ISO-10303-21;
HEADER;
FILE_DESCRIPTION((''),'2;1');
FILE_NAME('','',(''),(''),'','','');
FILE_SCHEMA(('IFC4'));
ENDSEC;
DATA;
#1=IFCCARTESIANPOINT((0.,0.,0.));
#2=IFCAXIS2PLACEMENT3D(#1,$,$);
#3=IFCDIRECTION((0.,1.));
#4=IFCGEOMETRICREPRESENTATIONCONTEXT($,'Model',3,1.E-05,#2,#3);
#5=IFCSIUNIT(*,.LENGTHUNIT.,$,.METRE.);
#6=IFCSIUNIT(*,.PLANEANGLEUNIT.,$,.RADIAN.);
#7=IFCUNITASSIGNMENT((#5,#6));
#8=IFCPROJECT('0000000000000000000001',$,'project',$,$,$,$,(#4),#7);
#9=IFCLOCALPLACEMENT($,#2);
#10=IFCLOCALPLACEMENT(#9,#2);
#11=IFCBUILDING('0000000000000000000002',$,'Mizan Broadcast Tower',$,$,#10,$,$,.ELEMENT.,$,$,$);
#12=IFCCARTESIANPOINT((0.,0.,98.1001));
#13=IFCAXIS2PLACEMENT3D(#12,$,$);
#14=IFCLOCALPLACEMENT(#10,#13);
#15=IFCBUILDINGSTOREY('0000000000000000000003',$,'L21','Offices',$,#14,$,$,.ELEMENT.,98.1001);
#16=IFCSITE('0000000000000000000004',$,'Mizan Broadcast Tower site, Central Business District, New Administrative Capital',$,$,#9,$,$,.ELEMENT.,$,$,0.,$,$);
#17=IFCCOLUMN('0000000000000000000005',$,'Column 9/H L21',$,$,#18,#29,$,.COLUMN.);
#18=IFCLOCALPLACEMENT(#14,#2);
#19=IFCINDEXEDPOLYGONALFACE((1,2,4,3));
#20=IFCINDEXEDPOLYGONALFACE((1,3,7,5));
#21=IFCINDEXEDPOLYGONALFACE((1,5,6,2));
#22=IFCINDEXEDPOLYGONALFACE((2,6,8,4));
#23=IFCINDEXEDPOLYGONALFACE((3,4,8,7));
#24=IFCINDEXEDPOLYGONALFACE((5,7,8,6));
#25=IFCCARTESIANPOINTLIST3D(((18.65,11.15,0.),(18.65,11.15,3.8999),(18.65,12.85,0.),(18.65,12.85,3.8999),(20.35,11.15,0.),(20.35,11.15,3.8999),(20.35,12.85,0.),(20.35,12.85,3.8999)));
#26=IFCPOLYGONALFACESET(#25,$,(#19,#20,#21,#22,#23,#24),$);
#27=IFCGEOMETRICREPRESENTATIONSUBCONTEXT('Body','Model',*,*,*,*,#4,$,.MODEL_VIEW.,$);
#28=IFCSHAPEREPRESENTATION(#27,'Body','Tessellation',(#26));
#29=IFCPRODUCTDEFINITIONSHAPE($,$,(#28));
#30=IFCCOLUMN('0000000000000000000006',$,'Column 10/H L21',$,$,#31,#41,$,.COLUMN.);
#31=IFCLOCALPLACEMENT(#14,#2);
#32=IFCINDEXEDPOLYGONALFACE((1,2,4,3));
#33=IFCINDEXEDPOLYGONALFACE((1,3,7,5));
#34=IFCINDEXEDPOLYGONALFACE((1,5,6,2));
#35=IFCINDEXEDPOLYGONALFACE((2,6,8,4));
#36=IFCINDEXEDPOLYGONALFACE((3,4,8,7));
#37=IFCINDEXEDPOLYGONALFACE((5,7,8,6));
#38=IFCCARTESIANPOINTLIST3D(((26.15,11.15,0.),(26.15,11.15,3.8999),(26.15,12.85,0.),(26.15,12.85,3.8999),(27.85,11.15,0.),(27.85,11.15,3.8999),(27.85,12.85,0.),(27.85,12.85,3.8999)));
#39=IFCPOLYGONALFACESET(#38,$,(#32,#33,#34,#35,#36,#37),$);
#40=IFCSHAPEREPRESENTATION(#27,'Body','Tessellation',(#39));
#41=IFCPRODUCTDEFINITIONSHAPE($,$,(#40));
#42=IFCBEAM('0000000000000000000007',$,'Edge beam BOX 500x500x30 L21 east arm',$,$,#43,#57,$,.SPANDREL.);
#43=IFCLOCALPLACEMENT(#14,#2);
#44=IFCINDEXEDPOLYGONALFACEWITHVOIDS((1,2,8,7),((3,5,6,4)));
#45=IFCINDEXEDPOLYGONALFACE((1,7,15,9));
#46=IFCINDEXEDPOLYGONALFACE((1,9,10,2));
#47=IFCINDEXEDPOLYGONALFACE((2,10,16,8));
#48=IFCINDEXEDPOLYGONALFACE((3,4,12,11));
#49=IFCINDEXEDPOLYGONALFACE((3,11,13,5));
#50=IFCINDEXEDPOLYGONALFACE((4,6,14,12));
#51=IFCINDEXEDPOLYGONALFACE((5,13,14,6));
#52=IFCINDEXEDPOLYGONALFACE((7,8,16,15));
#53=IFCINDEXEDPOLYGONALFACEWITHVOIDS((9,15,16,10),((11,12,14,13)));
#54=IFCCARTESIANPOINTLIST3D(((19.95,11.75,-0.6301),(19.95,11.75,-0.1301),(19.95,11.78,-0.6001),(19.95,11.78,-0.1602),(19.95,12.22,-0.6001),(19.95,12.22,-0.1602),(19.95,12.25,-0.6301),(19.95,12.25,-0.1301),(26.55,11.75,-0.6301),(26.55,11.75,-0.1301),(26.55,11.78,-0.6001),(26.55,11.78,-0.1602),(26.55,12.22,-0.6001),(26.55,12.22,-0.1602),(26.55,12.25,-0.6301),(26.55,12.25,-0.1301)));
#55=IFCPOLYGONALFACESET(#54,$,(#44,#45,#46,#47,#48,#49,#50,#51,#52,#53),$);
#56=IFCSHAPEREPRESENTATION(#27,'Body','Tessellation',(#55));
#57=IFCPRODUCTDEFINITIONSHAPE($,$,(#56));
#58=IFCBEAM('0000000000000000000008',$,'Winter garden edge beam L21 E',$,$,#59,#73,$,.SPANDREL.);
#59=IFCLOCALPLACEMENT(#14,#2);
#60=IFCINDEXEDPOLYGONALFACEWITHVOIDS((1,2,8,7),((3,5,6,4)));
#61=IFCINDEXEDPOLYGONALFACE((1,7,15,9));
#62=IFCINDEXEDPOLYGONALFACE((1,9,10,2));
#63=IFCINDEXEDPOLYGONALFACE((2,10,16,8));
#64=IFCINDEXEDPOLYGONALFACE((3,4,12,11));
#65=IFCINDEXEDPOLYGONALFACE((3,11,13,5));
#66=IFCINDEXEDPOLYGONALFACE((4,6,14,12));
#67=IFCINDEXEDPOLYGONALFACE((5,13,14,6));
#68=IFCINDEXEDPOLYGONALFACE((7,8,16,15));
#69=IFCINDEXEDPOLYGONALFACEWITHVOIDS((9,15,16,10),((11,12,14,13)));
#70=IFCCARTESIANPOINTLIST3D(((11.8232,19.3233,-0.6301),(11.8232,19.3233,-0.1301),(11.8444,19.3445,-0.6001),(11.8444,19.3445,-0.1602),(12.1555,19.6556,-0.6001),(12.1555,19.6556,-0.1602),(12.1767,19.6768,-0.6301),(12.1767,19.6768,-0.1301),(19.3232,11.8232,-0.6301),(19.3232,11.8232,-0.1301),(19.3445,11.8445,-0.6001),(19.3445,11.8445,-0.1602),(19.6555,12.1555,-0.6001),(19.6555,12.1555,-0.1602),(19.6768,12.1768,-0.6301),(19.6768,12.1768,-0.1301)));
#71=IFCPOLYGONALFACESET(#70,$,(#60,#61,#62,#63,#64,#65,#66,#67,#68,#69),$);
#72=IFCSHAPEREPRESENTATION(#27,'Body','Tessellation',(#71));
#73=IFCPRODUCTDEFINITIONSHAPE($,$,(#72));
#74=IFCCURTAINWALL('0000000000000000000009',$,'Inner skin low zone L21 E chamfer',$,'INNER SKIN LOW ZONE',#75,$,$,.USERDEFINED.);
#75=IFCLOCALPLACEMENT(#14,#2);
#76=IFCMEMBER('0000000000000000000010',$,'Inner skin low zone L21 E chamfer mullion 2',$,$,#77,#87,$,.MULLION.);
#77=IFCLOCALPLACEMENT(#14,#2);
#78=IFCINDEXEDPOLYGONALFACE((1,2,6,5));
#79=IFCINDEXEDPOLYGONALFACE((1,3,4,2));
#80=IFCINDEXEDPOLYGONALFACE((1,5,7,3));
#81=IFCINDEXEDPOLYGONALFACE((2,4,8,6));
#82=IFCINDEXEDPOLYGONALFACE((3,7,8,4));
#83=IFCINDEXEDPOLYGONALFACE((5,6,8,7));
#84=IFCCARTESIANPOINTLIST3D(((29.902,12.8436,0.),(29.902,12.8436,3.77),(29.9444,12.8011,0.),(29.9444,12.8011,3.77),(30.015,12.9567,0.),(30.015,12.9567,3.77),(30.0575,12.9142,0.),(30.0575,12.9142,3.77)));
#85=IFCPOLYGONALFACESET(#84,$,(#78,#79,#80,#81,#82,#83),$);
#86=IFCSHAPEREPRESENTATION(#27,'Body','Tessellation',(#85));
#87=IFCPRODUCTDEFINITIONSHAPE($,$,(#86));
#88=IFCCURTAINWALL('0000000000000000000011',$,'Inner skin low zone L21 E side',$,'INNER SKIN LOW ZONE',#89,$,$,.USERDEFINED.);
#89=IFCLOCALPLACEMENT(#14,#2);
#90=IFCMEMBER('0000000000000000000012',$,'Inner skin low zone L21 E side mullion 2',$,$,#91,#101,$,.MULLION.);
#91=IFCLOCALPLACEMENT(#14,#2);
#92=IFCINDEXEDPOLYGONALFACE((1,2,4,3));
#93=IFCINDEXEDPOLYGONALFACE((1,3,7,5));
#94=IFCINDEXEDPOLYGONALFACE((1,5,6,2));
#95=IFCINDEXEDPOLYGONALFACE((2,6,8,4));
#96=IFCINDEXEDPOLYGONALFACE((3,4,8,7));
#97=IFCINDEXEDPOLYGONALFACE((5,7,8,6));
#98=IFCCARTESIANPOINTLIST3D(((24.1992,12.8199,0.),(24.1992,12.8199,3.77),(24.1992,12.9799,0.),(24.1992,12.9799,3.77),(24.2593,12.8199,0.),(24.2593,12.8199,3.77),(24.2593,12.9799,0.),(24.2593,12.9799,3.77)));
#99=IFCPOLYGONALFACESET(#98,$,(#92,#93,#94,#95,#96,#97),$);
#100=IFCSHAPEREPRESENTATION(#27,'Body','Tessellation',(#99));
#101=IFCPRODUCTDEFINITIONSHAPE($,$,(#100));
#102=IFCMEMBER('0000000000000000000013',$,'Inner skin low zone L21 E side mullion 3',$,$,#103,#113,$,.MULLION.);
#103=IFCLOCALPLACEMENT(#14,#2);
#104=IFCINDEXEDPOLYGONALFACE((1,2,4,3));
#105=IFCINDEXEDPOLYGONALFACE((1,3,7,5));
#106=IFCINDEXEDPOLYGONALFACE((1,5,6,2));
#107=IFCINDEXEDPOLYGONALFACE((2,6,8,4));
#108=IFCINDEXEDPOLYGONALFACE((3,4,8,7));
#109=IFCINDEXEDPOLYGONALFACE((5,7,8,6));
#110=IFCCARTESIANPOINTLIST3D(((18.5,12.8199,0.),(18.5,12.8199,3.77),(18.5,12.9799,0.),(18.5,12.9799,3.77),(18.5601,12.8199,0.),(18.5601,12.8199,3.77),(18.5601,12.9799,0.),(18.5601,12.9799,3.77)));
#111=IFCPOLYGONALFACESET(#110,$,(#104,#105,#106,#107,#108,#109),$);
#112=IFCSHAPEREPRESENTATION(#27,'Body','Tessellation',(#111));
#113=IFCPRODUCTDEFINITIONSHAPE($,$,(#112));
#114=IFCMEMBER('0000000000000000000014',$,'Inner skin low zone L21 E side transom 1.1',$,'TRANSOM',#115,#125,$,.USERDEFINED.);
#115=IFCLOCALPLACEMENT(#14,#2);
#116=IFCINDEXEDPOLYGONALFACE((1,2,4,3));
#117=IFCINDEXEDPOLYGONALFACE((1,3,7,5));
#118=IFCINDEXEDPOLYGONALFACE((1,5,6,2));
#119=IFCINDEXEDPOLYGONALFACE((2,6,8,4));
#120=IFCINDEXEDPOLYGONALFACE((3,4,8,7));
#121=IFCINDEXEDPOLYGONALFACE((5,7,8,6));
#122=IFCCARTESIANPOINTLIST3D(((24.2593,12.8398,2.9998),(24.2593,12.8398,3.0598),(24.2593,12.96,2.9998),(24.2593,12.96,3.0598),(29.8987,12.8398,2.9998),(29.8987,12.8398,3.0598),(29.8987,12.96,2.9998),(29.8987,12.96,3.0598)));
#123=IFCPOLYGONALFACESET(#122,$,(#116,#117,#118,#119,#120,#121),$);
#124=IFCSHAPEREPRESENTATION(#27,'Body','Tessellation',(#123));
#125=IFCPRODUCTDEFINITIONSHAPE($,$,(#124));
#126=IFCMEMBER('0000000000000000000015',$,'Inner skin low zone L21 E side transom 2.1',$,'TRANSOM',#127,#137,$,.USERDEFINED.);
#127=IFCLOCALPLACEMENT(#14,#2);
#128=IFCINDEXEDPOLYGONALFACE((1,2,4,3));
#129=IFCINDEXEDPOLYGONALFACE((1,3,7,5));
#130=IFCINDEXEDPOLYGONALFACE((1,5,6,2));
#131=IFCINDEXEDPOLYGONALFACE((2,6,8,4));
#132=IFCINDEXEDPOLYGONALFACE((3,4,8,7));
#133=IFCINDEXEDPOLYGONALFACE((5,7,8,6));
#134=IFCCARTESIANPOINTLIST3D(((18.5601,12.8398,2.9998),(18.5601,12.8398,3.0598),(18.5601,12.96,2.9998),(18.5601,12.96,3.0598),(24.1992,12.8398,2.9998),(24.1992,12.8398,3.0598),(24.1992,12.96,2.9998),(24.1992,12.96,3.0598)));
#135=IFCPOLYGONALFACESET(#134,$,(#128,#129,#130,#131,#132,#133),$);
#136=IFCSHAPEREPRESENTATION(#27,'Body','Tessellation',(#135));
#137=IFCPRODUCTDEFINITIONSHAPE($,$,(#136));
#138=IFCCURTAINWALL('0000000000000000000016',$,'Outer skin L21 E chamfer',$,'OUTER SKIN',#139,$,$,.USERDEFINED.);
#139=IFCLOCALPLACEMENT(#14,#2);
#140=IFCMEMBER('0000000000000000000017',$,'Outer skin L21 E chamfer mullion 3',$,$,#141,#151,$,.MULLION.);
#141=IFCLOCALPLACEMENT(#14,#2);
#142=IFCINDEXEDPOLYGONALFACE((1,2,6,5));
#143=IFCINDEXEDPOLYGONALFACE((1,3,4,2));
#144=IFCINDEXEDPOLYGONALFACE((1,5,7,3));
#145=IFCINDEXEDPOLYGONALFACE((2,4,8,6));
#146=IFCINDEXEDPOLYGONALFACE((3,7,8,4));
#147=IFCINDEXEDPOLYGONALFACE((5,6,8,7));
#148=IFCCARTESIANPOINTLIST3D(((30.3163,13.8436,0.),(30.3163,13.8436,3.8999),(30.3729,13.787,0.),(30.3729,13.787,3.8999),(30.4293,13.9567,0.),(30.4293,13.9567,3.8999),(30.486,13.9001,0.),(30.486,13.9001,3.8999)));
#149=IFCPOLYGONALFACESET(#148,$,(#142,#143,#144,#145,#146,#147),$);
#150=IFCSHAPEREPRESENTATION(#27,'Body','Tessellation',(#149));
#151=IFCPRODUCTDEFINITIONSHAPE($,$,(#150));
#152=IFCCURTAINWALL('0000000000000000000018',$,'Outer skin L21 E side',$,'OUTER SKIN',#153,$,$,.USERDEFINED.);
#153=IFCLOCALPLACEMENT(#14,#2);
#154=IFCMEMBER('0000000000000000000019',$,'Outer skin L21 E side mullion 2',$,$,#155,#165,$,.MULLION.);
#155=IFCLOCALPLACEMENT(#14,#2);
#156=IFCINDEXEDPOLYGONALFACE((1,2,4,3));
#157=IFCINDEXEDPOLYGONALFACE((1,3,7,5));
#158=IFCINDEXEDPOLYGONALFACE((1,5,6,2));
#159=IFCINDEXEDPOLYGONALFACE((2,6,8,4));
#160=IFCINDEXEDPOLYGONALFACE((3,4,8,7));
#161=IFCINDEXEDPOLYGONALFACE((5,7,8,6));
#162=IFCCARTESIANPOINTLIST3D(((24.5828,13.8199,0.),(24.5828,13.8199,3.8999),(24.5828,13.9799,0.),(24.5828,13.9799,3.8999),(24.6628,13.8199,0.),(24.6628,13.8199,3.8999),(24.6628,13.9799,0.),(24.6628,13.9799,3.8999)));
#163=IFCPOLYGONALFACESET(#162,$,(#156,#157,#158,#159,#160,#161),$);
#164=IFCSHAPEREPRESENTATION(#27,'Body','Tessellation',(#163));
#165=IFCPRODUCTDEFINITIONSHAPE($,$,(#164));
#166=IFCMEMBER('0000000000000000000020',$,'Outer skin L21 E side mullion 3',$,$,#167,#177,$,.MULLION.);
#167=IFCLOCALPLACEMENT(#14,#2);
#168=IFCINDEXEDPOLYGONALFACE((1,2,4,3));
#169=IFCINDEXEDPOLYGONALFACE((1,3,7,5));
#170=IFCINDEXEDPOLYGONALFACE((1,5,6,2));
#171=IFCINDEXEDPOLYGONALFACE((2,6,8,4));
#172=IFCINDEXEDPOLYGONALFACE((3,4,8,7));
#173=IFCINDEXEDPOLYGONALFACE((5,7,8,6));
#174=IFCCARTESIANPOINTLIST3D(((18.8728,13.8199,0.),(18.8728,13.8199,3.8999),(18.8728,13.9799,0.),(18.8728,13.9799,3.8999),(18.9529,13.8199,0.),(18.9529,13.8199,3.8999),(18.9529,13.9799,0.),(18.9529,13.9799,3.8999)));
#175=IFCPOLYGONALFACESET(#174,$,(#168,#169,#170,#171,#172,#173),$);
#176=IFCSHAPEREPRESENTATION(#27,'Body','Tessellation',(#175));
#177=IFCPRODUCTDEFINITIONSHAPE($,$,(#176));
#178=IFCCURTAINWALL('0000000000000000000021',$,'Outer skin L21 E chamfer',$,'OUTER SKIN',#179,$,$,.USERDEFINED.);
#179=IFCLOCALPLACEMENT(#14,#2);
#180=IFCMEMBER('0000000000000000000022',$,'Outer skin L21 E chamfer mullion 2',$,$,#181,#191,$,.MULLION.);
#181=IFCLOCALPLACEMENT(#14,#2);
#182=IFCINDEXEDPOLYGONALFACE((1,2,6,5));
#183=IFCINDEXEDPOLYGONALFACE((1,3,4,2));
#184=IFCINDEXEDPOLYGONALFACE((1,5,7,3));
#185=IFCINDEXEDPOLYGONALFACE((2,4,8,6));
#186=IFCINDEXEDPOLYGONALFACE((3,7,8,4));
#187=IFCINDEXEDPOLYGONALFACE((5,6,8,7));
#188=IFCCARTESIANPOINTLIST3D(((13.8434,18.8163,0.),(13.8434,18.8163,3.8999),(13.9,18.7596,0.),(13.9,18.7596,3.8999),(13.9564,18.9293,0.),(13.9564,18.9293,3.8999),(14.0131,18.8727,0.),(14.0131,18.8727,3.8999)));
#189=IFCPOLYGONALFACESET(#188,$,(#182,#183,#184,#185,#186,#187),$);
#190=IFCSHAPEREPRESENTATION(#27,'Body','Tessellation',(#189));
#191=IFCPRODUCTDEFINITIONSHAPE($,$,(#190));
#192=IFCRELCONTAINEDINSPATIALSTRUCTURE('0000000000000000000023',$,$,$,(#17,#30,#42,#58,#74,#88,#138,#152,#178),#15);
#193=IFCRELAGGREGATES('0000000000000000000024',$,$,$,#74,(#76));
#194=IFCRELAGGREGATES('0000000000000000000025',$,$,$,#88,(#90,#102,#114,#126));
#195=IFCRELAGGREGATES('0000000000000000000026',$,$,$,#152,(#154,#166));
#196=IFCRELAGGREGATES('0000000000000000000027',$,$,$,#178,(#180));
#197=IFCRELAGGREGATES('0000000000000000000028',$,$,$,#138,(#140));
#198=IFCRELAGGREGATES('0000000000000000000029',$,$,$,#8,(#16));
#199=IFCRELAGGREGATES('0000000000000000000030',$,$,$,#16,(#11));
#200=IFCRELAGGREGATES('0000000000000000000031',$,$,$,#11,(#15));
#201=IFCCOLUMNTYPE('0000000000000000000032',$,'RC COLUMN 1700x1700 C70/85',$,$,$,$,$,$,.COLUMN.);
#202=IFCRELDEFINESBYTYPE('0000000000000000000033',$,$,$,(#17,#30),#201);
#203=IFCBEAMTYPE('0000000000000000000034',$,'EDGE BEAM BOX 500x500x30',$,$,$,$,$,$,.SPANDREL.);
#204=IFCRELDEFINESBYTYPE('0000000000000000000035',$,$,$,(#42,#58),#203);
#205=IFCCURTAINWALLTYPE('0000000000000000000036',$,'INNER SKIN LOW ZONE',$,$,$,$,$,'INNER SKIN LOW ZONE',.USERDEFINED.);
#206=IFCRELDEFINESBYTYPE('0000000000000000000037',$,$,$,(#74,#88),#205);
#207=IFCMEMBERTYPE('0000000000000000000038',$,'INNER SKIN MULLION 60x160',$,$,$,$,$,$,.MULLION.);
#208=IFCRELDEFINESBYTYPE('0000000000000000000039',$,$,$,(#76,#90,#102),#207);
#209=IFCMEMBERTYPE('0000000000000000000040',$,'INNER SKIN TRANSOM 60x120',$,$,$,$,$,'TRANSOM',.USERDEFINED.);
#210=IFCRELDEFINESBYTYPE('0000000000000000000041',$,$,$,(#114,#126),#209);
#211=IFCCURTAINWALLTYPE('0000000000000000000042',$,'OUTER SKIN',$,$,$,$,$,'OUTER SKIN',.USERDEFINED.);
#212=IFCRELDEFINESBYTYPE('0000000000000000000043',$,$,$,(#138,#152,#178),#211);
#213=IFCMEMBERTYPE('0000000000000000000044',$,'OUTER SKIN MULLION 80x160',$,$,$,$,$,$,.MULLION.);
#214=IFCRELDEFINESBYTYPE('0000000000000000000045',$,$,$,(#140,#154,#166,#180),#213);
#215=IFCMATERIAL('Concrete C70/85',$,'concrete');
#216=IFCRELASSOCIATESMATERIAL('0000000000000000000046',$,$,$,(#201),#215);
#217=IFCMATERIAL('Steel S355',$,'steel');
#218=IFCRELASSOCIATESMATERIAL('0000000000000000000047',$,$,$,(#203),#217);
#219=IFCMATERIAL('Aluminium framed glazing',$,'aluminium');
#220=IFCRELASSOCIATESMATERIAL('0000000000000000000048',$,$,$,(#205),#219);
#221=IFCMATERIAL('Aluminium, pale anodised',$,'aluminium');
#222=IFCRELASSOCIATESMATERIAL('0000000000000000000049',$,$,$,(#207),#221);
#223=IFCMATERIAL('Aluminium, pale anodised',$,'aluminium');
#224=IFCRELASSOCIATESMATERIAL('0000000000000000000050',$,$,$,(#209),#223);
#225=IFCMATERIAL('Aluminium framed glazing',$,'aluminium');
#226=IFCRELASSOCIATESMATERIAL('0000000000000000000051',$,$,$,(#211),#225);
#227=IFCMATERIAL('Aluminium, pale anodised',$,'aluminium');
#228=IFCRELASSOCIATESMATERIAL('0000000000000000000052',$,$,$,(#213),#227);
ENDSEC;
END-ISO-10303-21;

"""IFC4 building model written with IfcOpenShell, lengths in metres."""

from ifc_helpers import new_model, si_unit, direction, frame, origin, origin_2d, place, context, subcontext, project, spatial, rectangle, hollow_rectangle, extrude, material, material_profile, profile_set, type_object, element, aggregate, save


model = new_model("IFC4")

# Units and contexts
model_context = context("Model", 3, precision=1e-05, world=origin(), true_north=direction((0.0, 1.0)))
body_context = subcontext(model_context, "Body", "Model", "MODEL_VIEW")
ifc_project = project(units=[si_unit("LENGTHUNIT", "METRE"), si_unit("PLANEANGLEUNIT", "RADIAN")], contexts=[model_context])

# Site, building, storey
site_placement = place(None, origin())
site = spatial("IfcSite", under=ifc_project, at=site_placement, Name="Mizan Broadcast Tower site, Central Business District, New Administrative Capital", CompositionType="ELEMENT", RefElevation=0.0)
building_placement = place(site_placement, origin())
building = spatial("IfcBuilding", under=site, at=building_placement, Name="Mizan Broadcast Tower", CompositionType="ELEMENT")
storey_placement = place(building_placement, frame((0.0, 0.0, 98.1001)))
storey = spatial("IfcBuildingStorey", under=building, at=storey_placement, Name="L21", Description="Offices", CompositionType="ELEMENT", Elevation=98.1001)

# Columns
ifc_material_1 = material(Name="Concrete C70/85", Category="concrete")
ifc_material_profile_1 = material_profile(ifc_material_1, rectangle(XDim=1.7, YDim=1.7, at=origin_2d()), Name="RC 1700x1700")
ifc_profile_set_1 = profile_set([ifc_material_profile_1], Name="Concrete C70/85")
column_type = type_object("IfcColumnType", Name="RC COLUMN 1700x1700 C70/85", PredefinedType="COLUMN", material=ifc_profile_set_1)
for number, where, z_axis, x_axis, name in (
    (1, (19.5, 12.0, 0.0), (0.0, 0.0, 1.0), (1.0, 0.0, 0.0), "Column 9/H L21"),
    (2, (27.0, 12.0, 0.0), (0.0, 0.0, 1.0), (1.0, 0.0, 0.0), "Column 10/H L21"),
):
    element("IfcColumn", number, at=place(storey_placement, frame(where, z_axis=z_axis, x_axis=x_axis)), inside=storey, type_object=column_type, Name=name, PredefinedType="COLUMN", context=body_context, shape_type="SweptSolid", body=[
        extrude(rectangle(XDim=1.7, YDim=1.7, at=origin_2d()), origin(), (0.0, 0.0, 1.0), 3.8999),
    ])

# Beams
ifc_material_2 = material(Name="Steel S355", Category="steel")
ifc_material_profile_2 = material_profile(ifc_material_2, hollow_rectangle(XDim=0.5, YDim=0.5, WallThickness=0.03, at=origin_2d()), Name="BOX 500x500x30")
ifc_profile_set_2 = profile_set([ifc_material_profile_2], Name="Steel S355")
beam_type_1 = type_object("IfcBeamType", Name="EDGE BEAM BOX 500x500x30", PredefinedType="SPANDREL", material=ifc_profile_set_2)
beam_1_placement = place(storey_placement, frame((19.95, 12.0, -0.3801), z_axis=(1.0, 0.0, 0.0), x_axis=(0.0, 1.0, 0.0)))
element("IfcBeam", 3, at=beam_1_placement, inside=storey, type_object=beam_type_1, Name="Edge beam BOX 500x500x30 L21 east arm", PredefinedType="SPANDREL", context=body_context, shape_type="SweptSolid", body=[
    extrude(hollow_rectangle(XDim=0.5, YDim=0.5, WallThickness=0.03, at=origin_2d()), origin(), (0.0, 0.0, 1.0), 6.6001),
])
beam_2_placement = place(storey_placement, frame((19.5, 12.0, -0.3801), z_axis=(-0.707107, 0.707107, 0.0), x_axis=(-0.707107, -0.707107, 0.0)))
element("IfcBeam", 4, at=beam_2_placement, inside=storey, type_object=beam_type_1, Name="Winter garden edge beam L21 E", PredefinedType="SPANDREL", context=body_context, shape_type="SweptSolid", body=[
    extrude(hollow_rectangle(XDim=0.5, YDim=0.5, WallThickness=0.03, at=origin_2d()), origin(), (0.0, 0.0, 1.0), 10.6067),
])

# Curtain wall, member
ifc_material_3 = material(Name="Aluminium framed glazing", Category="aluminium")
curtain_wall_type_1 = type_object("IfcCurtainWallType", Name="INNER SKIN LOW ZONE", ElementType="INNER SKIN LOW ZONE", PredefinedType="USERDEFINED", material=ifc_material_3)
curtain_wall_1_placement = place(storey_placement, origin())
curtain_wall_1 = element("IfcCurtainWall", 5, at=curtain_wall_1_placement, inside=storey, type_object=curtain_wall_type_1, Name="Inner skin low zone L21 E chamfer", ObjectType="INNER SKIN LOW ZONE", PredefinedType="USERDEFINED")
ifc_material_4 = material(Name="Aluminium, pale anodised", Category="aluminium")
ifc_material_profile_3 = material_profile(ifc_material_4, rectangle(XDim=0.1599, YDim=0.0601, at=origin_2d()), Name="MULLION 160x60")
ifc_profile_set_3 = profile_set([ifc_material_profile_3], Name="Aluminium, pale anodised")
member_type_1 = type_object("IfcMemberType", Name="INNER SKIN MULLION 60x160", PredefinedType="MULLION", material=ifc_profile_set_3)
member_1_placement = place(storey_placement, frame((29.9797, 12.8789, 0.0), z_axis=(0.0, 0.0, 1.0), x_axis=(-0.707107, -0.707107, 0.0)))
member_1 = element("IfcMember", 6, at=member_1_placement, type_object=member_type_1, Name="Inner skin low zone L21 E chamfer mullion 2", PredefinedType="MULLION", context=body_context, shape_type="SweptSolid", body=[
    extrude(rectangle(XDim=0.1599, YDim=0.0601, at=origin_2d()), origin(), (0.0, 0.0, 1.0), 3.77),
])
aggregate(curtain_wall_1, [member_1])

# Curtain wall, members
curtain_wall_2_placement = place(storey_placement, origin())
curtain_wall_2 = element("IfcCurtainWall", 7, at=curtain_wall_2_placement, inside=storey, type_object=curtain_wall_type_1, Name="Inner skin low zone L21 E side", ObjectType="INNER SKIN LOW ZONE", PredefinedType="USERDEFINED")
member_2_placement = place(storey_placement, frame((24.2292, 12.8999, 0.0), z_axis=(0.0, 0.0, 1.0), x_axis=(0.0, -1.0, 0.0)))
member_2 = element("IfcMember", 8, at=member_2_placement, type_object=member_type_1, Name="Inner skin low zone L21 E side mullion 2", PredefinedType="MULLION", context=body_context, shape_type="SweptSolid", body=[
    extrude(rectangle(XDim=0.1599, YDim=0.0601, at=origin_2d()), origin(), (0.0, 0.0, 1.0), 3.77),
])
member_3_placement = place(storey_placement, frame((18.53, 12.8999, 0.0), z_axis=(0.0, 0.0, 1.0), x_axis=(0.0, -1.0, 0.0)))
member_3 = element("IfcMember", 9, at=member_3_placement, type_object=member_type_1, Name="Inner skin low zone L21 E side mullion 3", PredefinedType="MULLION", context=body_context, shape_type="SweptSolid", body=[
    extrude(rectangle(XDim=0.1599, YDim=0.0601, at=origin_2d()), origin(), (0.0, 0.0, 1.0), 3.77),
])
ifc_material_5 = material(Name="Aluminium, pale anodised", Category="aluminium")
ifc_material_profile_4 = material_profile(ifc_material_5, rectangle(XDim=0.1201, YDim=0.0601, at=origin_2d()), Name="TRANSOM 120x60")
ifc_profile_set_4 = profile_set([ifc_material_profile_4], Name="Aluminium, pale anodised")
member_type_2 = type_object("IfcMemberType", Name="INNER SKIN TRANSOM 60x120", ElementType="TRANSOM", PredefinedType="USERDEFINED", material=ifc_profile_set_4)
member_4_placement = place(storey_placement, frame((29.8987, 12.8999, 3.0298), z_axis=(-1.0, 0.0, 0.0), x_axis=(0.0, -1.0, 0.0)))
member_4 = element("IfcMember", 10, at=member_4_placement, type_object=member_type_2, Name="Inner skin low zone L21 E side transom 1.1", ObjectType="TRANSOM", PredefinedType="USERDEFINED", context=body_context, shape_type="SweptSolid", body=[
    extrude(rectangle(XDim=0.1201, YDim=0.0601, at=origin_2d()), origin(), (0.0, 0.0, 1.0), 5.6394),
])
member_5_placement = place(storey_placement, frame((24.1992, 12.8999, 3.0298), z_axis=(-1.0, 0.0, 0.0), x_axis=(0.0, -1.0, 0.0)))
member_5 = element("IfcMember", 11, at=member_5_placement, type_object=member_type_2, Name="Inner skin low zone L21 E side transom 2.1", ObjectType="TRANSOM", PredefinedType="USERDEFINED", context=body_context, shape_type="SweptSolid", body=[
    extrude(rectangle(XDim=0.1201, YDim=0.0601, at=origin_2d()), origin(), (0.0, 0.0, 1.0), 5.6392),
])

# Curtain wall, member
ifc_material_6 = material(Name="Aluminium framed glazing", Category="aluminium")
curtain_wall_type_2 = type_object("IfcCurtainWallType", Name="OUTER SKIN", ElementType="OUTER SKIN", PredefinedType="USERDEFINED", material=ifc_material_6)
curtain_wall_3_placement = place(storey_placement, origin())
curtain_wall_3 = element("IfcCurtainWall", 12, at=curtain_wall_3_placement, inside=storey, type_object=curtain_wall_type_2, Name="Outer skin L21 E chamfer", ObjectType="OUTER SKIN", PredefinedType="USERDEFINED")
ifc_material_7 = material(Name="Aluminium, pale anodised", Category="aluminium")
ifc_material_profile_5 = material_profile(ifc_material_7, rectangle(XDim=0.1599, YDim=0.0801, at=origin_2d()), Name="MULLION 160x80")
ifc_profile_set_5 = profile_set([ifc_material_profile_5], Name="Aluminium, pale anodised")
member_type_3 = type_object("IfcMemberType", Name="OUTER SKIN MULLION 80x160", PredefinedType="MULLION", material=ifc_profile_set_5)
member_6_placement = place(storey_placement, frame((30.4011, 13.8718, 0.0), z_axis=(0.0, 0.0, 1.0), x_axis=(-0.707107, -0.707107, 0.0)))
member_6 = element("IfcMember", 13, at=member_6_placement, type_object=member_type_3, Name="Outer skin L21 E chamfer mullion 3", PredefinedType="MULLION", context=body_context, shape_type="SweptSolid", body=[
    extrude(rectangle(XDim=0.1599, YDim=0.0801, at=origin_2d()), origin(), (0.0, 0.0, 1.0), 3.8999),
])

# Curtain wall, members
curtain_wall_4_placement = place(storey_placement, origin())
curtain_wall_4 = element("IfcCurtainWall", 14, at=curtain_wall_4_placement, inside=storey, type_object=curtain_wall_type_2, Name="Outer skin L21 E side", ObjectType="OUTER SKIN", PredefinedType="USERDEFINED")
member_7_placement = place(storey_placement, frame((24.6228, 13.8999, 0.0), z_axis=(0.0, 0.0, 1.0), x_axis=(0.0, -1.0, 0.0)))
member_7 = element("IfcMember", 15, at=member_7_placement, type_object=member_type_3, Name="Outer skin L21 E side mullion 2", PredefinedType="MULLION", context=body_context, shape_type="SweptSolid", body=[
    extrude(rectangle(XDim=0.1599, YDim=0.0801, at=origin_2d()), origin(), (0.0, 0.0, 1.0), 3.8999),
])
member_8_placement = place(storey_placement, frame((18.9128, 13.8999, 0.0), z_axis=(0.0, 0.0, 1.0), x_axis=(0.0, -1.0, 0.0)))
member_8 = element("IfcMember", 16, at=member_8_placement, type_object=member_type_3, Name="Outer skin L21 E side mullion 3", PredefinedType="MULLION", context=body_context, shape_type="SweptSolid", body=[
    extrude(rectangle(XDim=0.1599, YDim=0.0801, at=origin_2d()), origin(), (0.0, 0.0, 1.0), 3.8999),
])

# Curtain wall, member
curtain_wall_5_placement = place(storey_placement, origin())
curtain_wall_5 = element("IfcCurtainWall", 17, at=curtain_wall_5_placement, inside=storey, type_object=curtain_wall_type_2, Name="Outer skin L21 E chamfer", ObjectType="OUTER SKIN", PredefinedType="USERDEFINED")
member_9_placement = place(storey_placement, frame((13.9282, 18.8445, 0.0), z_axis=(0.0, 0.0, 1.0), x_axis=(-0.707107, -0.707107, 0.0)))
member_9 = element("IfcMember", 18, at=member_9_placement, type_object=member_type_3, Name="Outer skin L21 E chamfer mullion 2", PredefinedType="MULLION", context=body_context, shape_type="SweptSolid", body=[
    extrude(rectangle(XDim=0.1599, YDim=0.0801, at=origin_2d()), origin(), (0.0, 0.0, 1.0), 3.8999),
])

aggregate(curtain_wall_2, [member_2, member_3, member_4, member_5])
aggregate(curtain_wall_4, [member_7, member_8])
aggregate(curtain_wall_5, [member_9])
aggregate(curtain_wall_3, [member_6])

save(model, "model.ifc")
